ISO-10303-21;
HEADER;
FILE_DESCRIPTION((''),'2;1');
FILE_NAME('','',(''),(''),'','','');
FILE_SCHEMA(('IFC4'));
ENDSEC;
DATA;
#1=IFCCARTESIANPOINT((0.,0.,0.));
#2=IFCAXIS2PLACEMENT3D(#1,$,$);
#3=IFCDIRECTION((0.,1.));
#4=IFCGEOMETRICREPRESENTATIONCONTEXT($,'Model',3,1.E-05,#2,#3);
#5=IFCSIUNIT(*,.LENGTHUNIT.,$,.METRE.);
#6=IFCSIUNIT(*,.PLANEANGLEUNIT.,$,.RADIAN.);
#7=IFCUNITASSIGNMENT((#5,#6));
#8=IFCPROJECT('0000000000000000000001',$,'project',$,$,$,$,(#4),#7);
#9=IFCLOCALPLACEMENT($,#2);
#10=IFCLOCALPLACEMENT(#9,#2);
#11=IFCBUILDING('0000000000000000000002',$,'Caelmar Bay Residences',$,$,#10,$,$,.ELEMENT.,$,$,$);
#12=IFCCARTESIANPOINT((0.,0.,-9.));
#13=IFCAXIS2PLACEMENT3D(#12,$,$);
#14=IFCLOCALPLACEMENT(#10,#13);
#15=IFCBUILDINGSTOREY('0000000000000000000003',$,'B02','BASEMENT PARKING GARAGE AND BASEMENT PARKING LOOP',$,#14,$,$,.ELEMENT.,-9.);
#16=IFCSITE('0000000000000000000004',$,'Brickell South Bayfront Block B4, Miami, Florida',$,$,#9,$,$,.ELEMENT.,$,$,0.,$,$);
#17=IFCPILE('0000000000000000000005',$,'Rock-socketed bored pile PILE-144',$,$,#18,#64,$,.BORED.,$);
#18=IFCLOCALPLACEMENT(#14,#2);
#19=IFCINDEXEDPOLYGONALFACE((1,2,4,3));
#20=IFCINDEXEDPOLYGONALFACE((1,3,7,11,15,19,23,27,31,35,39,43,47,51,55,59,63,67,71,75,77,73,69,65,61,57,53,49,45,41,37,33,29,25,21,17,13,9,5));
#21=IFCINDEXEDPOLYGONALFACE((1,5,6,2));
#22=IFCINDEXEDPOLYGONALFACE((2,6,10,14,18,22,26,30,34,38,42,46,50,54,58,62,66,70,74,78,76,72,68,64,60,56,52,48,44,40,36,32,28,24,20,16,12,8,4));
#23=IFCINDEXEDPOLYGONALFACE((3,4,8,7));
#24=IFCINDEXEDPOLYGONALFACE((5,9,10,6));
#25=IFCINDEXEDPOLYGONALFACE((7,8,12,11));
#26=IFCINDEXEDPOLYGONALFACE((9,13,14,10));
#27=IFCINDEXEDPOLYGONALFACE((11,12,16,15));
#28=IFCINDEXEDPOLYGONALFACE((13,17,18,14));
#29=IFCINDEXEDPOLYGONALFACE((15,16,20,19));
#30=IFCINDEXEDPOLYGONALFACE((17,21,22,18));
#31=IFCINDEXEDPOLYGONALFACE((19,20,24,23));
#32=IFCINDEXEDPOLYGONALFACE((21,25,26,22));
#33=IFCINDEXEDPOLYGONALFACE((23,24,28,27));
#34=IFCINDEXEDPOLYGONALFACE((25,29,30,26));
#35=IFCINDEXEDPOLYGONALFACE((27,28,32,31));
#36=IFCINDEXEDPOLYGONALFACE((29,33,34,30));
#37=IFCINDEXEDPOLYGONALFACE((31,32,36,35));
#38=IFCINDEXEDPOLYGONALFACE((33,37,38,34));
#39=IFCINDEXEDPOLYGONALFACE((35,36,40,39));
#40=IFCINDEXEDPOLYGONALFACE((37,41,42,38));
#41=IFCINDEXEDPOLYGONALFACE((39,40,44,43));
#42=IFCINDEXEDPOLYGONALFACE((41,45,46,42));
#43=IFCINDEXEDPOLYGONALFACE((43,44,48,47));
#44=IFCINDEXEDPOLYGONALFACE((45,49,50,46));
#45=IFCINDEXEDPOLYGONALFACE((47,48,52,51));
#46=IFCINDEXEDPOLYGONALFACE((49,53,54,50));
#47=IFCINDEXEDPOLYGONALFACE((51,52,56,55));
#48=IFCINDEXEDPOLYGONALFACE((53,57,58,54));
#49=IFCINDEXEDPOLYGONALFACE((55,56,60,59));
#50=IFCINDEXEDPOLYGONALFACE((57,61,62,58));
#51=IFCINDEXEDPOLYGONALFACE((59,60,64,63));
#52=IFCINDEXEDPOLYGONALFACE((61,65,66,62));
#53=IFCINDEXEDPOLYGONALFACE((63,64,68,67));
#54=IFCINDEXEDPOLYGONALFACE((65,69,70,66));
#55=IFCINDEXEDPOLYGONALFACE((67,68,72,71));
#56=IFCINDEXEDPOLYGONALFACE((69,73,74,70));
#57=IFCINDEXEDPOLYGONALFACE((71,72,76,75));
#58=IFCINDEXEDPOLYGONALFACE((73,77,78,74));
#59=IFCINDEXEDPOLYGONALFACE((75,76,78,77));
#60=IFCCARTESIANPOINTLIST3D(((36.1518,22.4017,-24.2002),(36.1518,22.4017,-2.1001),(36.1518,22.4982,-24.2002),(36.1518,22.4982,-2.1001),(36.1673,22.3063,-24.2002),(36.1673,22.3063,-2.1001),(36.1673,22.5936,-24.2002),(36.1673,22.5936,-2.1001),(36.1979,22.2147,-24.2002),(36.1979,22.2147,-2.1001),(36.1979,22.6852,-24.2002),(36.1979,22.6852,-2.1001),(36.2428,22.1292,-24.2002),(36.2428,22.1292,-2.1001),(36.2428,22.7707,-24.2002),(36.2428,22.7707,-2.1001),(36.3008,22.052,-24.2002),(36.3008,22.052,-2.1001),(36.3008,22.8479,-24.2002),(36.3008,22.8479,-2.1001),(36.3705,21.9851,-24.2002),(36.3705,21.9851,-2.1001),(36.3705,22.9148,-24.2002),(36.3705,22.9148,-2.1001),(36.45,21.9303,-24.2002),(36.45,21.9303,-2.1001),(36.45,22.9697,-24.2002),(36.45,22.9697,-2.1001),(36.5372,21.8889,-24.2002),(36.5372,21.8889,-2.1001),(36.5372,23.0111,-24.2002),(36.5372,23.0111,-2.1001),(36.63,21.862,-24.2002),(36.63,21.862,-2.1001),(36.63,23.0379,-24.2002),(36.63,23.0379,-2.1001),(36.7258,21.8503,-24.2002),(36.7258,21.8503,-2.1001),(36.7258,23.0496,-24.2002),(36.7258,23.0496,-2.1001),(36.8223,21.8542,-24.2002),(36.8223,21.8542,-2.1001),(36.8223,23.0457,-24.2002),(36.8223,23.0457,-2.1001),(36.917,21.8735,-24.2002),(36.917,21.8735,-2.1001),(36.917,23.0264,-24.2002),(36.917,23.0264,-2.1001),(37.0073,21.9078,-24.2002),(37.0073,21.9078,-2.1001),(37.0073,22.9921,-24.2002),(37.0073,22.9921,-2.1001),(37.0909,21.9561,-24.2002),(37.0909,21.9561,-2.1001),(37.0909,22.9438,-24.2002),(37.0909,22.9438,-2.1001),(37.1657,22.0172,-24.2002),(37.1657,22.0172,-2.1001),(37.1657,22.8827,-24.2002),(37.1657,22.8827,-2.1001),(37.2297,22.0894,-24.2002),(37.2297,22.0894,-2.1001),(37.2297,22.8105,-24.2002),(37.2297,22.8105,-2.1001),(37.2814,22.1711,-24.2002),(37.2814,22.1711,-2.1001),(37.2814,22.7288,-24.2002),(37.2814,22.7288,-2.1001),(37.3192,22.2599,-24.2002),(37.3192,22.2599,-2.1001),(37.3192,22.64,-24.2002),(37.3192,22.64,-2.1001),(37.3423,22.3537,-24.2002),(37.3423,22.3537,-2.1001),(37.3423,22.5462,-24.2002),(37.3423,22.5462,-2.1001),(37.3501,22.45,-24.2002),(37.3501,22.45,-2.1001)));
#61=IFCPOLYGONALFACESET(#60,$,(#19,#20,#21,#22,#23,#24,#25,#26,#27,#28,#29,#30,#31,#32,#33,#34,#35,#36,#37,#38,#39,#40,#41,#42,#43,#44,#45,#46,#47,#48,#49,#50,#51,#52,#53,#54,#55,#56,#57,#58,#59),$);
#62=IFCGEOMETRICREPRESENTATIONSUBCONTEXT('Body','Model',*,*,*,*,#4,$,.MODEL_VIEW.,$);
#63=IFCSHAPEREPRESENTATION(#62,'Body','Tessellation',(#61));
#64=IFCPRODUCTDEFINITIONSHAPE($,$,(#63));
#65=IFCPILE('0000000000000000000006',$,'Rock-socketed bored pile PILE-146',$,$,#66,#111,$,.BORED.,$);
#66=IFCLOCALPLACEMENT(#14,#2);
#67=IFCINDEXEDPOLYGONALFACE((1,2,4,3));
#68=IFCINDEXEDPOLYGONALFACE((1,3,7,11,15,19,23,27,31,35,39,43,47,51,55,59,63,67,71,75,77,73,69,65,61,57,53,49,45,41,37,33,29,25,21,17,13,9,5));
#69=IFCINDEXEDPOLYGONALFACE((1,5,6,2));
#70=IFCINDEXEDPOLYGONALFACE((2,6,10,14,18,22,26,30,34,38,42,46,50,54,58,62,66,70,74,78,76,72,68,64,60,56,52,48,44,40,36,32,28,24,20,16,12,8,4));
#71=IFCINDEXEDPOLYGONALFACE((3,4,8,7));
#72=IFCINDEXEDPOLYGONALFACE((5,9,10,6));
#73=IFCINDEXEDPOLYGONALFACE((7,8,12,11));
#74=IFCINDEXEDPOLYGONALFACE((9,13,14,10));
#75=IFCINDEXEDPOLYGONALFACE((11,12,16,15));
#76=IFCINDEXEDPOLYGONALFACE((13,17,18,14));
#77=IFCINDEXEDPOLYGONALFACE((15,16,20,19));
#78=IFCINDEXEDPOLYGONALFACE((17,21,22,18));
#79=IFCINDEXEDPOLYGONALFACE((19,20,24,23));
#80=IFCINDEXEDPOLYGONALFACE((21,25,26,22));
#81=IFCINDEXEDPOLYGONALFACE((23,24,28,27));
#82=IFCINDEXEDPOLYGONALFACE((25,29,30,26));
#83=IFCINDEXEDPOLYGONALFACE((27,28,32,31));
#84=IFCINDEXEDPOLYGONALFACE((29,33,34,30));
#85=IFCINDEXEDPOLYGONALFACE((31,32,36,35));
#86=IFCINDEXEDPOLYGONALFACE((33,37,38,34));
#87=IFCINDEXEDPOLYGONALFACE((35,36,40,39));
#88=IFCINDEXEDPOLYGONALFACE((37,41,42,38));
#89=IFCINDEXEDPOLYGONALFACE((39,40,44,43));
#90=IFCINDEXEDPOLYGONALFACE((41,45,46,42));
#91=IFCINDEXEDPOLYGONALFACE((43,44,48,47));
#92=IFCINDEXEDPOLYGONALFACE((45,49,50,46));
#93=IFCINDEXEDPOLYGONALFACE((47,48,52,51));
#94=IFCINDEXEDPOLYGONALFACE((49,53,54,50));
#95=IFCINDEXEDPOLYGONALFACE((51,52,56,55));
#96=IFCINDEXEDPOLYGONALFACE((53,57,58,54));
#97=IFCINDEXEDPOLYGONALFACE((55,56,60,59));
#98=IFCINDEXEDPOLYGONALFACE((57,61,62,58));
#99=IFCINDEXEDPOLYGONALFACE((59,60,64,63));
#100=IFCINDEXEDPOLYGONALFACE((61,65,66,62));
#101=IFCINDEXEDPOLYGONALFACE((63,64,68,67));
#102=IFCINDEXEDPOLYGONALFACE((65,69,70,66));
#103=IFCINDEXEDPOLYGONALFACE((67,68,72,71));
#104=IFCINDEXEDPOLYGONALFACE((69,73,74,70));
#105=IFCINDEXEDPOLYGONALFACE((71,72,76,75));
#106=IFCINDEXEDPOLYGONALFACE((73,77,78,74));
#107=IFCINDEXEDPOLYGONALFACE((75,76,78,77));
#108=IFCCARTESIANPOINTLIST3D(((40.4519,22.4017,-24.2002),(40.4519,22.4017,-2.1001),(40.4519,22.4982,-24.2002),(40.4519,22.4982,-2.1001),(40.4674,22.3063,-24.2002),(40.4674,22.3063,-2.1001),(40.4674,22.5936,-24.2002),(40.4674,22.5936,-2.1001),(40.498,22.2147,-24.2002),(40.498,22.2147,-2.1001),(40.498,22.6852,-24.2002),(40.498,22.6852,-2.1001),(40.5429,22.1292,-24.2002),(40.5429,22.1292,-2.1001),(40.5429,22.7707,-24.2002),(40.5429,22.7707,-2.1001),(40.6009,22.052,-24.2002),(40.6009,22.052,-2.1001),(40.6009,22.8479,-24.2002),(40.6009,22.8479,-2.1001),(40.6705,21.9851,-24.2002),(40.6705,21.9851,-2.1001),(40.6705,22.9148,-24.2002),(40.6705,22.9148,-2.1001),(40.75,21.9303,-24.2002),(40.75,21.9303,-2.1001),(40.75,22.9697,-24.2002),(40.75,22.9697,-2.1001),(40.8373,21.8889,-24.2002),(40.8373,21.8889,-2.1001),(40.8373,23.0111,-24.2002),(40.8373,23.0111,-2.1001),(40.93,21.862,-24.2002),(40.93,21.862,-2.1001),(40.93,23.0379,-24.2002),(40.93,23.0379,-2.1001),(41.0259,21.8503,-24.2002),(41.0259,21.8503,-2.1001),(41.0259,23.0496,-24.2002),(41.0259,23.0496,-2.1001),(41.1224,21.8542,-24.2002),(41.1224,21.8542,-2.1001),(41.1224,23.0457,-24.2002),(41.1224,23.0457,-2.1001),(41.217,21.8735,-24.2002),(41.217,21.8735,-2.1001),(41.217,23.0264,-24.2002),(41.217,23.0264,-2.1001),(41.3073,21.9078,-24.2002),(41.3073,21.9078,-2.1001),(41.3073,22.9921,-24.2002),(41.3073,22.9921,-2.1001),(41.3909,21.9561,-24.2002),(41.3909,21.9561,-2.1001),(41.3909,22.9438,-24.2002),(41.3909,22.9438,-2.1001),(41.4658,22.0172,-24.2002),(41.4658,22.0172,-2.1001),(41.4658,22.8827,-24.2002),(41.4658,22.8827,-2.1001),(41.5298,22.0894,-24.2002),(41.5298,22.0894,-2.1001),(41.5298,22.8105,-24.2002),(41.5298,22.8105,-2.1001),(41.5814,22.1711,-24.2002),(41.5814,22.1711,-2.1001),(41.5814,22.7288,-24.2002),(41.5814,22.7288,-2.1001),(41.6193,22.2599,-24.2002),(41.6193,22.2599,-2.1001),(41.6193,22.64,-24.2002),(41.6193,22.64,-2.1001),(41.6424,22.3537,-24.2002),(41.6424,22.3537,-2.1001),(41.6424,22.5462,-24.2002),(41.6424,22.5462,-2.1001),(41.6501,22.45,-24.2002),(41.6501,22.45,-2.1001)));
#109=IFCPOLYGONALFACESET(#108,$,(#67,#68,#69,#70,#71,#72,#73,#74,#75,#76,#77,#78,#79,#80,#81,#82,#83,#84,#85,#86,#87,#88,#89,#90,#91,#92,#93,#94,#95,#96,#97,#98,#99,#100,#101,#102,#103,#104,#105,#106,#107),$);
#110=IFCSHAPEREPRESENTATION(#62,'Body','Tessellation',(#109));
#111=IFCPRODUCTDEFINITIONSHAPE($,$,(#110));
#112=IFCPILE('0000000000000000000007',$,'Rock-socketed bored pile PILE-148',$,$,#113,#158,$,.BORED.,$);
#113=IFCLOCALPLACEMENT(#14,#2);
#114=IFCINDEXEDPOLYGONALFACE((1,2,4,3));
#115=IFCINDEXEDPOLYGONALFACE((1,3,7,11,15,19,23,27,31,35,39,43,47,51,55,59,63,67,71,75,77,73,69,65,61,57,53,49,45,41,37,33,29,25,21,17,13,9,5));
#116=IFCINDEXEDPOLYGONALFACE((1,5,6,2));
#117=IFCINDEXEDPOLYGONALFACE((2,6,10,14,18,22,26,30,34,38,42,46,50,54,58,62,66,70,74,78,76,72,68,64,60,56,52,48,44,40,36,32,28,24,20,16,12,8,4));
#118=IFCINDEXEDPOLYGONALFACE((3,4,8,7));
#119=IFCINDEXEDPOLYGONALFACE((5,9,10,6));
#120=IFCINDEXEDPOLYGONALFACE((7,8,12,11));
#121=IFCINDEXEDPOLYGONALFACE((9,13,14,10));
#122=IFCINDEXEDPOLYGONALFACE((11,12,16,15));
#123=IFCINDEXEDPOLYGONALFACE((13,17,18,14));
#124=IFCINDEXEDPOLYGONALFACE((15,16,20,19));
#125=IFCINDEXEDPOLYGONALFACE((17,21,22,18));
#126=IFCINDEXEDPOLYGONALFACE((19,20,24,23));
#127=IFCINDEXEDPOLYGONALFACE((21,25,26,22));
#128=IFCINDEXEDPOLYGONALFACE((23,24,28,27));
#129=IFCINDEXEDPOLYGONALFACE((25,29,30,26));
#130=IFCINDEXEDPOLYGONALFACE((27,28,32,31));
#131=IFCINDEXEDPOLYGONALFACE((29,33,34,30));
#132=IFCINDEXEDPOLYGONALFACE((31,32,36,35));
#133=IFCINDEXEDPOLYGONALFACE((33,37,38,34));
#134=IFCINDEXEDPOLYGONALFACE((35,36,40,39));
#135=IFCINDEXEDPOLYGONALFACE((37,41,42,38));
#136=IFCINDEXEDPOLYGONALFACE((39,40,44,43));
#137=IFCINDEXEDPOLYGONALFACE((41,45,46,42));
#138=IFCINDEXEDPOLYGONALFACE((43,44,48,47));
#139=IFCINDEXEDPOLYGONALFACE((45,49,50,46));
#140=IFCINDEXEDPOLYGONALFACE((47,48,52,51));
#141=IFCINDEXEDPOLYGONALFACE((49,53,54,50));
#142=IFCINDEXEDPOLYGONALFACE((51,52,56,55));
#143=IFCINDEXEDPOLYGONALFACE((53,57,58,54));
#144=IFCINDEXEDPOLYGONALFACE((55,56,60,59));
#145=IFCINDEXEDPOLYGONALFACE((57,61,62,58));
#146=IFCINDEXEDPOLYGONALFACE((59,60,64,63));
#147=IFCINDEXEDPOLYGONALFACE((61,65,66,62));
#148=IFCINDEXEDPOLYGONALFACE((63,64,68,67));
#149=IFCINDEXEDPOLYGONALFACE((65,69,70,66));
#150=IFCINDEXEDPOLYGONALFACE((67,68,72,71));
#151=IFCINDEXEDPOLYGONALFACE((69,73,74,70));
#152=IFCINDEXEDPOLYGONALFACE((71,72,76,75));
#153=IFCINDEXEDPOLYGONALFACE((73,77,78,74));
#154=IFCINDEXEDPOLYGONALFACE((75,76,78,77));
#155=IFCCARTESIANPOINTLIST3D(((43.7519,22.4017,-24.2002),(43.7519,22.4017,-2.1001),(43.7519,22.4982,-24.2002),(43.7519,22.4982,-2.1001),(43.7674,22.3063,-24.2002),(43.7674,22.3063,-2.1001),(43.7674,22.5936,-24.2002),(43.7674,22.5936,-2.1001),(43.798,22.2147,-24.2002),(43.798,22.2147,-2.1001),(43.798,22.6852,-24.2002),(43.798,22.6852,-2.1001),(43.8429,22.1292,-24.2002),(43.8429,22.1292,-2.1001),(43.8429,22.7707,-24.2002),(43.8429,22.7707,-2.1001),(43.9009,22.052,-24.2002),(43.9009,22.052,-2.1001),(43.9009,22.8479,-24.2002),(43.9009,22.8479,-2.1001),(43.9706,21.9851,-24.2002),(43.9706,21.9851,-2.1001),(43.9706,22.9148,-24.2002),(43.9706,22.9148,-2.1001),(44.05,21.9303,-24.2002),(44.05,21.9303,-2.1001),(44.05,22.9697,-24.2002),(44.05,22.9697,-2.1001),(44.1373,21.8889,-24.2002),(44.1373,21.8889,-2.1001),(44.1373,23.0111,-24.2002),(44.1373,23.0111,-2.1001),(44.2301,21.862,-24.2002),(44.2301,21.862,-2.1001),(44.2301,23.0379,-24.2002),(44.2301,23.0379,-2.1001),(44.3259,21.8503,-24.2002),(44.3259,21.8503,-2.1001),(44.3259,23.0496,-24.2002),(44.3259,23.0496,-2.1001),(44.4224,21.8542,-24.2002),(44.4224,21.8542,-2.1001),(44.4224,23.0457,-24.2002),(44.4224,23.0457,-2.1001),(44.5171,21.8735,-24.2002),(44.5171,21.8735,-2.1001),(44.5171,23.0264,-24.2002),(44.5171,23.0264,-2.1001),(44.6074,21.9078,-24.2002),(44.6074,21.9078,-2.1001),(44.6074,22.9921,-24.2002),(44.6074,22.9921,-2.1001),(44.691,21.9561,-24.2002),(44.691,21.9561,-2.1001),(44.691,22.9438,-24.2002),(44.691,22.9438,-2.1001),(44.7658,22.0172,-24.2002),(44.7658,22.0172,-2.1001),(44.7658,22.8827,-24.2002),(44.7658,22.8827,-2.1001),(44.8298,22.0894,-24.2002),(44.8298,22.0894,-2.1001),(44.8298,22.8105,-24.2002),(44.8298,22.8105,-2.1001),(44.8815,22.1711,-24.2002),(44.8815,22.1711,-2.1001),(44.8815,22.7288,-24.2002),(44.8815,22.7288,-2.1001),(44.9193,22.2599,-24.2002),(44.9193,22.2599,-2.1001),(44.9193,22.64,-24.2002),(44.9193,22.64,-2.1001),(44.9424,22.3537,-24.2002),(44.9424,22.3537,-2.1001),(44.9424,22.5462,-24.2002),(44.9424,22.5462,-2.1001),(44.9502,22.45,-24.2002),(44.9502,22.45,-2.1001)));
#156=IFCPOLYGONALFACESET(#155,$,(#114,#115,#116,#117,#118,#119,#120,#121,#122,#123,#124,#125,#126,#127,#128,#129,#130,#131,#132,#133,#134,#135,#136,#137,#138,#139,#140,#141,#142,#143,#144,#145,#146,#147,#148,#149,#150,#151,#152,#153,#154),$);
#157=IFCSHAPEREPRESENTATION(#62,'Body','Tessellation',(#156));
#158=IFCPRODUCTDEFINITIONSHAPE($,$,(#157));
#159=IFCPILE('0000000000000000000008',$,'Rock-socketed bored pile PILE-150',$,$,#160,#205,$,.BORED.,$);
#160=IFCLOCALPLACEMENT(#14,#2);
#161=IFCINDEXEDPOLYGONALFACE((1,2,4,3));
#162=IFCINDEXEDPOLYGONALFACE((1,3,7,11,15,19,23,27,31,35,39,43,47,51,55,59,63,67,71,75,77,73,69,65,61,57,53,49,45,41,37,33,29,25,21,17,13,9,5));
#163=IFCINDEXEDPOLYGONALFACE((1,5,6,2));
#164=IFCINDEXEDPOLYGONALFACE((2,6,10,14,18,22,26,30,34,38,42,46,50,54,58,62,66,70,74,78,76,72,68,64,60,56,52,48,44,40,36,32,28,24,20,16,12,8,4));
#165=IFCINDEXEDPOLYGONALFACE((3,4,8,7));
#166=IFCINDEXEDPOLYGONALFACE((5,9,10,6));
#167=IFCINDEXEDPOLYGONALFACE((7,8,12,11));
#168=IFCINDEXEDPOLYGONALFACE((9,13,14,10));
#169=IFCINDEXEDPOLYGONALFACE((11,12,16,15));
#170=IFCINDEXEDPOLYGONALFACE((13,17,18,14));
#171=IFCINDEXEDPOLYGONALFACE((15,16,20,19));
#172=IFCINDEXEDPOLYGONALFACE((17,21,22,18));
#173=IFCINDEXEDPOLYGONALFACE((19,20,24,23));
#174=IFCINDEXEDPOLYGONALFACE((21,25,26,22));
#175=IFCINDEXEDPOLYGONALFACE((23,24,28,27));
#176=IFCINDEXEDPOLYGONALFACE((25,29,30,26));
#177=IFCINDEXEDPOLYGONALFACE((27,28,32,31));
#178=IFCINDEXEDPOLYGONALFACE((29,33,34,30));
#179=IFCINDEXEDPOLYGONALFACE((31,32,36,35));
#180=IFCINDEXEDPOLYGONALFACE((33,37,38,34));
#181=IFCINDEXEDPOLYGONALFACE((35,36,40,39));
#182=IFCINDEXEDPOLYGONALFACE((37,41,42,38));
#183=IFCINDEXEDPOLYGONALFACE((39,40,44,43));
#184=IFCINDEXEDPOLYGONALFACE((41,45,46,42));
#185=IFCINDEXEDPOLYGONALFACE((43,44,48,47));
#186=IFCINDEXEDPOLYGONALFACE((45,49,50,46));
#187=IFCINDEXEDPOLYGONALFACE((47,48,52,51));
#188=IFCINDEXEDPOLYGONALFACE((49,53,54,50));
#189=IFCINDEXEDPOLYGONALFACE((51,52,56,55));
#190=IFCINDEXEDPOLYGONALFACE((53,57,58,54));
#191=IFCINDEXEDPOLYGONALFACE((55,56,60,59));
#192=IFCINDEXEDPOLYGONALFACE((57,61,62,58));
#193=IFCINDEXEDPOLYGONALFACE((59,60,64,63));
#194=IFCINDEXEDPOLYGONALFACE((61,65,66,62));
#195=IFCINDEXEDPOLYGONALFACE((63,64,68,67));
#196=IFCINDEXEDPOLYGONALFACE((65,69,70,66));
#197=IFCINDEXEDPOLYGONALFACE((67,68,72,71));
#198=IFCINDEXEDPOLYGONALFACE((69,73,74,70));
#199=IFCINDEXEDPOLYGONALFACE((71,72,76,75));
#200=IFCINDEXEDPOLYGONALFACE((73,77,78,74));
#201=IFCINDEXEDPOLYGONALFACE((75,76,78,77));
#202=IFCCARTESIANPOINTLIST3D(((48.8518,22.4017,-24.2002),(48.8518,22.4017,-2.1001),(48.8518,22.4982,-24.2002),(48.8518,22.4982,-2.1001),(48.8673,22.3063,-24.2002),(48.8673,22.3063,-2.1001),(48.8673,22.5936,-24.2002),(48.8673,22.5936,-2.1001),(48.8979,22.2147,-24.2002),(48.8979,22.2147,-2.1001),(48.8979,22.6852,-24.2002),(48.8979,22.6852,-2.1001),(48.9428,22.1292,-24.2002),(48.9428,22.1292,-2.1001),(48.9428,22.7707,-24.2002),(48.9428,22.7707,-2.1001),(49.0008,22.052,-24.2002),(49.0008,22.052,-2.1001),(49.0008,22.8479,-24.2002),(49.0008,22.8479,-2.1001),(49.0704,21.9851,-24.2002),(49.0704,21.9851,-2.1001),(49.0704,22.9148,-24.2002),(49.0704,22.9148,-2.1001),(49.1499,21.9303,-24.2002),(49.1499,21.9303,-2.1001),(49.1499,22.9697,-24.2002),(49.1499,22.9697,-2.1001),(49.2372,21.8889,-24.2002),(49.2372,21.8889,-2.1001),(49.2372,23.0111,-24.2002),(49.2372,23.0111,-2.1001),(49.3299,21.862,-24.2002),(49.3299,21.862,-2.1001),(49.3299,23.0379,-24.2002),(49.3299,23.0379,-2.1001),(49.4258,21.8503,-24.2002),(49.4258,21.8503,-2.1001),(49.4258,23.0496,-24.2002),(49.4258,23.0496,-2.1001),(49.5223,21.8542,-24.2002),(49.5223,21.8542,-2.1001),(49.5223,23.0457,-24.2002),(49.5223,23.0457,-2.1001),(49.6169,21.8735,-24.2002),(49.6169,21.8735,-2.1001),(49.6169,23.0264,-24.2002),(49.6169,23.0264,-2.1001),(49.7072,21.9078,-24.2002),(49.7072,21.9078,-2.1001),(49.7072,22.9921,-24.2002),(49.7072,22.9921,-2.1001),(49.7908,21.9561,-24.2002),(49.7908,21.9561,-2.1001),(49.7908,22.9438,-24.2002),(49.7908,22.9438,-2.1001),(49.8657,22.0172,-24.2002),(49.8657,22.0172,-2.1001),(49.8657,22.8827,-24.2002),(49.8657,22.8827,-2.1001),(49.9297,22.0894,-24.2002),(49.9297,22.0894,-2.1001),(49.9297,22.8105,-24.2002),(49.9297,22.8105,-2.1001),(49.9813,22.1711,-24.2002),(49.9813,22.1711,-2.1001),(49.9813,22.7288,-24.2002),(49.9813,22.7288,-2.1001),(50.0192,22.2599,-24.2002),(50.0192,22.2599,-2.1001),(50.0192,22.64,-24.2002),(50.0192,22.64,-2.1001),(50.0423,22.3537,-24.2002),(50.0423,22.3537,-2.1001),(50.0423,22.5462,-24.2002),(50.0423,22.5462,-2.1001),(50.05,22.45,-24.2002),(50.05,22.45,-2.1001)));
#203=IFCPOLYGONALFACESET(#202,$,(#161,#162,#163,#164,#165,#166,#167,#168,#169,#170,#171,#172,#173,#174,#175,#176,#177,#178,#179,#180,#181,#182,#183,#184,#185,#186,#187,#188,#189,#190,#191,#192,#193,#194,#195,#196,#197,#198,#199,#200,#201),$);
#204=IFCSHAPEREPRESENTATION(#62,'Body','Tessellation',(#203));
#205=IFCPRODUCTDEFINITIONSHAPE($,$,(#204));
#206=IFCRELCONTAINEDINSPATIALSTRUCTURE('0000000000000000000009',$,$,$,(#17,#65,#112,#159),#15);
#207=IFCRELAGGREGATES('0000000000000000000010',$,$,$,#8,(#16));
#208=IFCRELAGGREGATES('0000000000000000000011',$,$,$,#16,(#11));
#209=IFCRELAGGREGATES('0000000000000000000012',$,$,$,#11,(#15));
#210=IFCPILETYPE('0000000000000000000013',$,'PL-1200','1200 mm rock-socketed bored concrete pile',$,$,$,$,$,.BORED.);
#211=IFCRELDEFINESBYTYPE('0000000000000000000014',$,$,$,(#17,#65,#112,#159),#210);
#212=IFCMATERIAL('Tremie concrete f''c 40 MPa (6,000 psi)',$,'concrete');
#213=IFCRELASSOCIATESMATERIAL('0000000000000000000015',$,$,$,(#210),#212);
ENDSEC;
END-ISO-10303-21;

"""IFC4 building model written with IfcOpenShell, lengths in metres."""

from ifc_helpers import new_model, si_unit, direction, frame, origin, origin_2d, place, context, subcontext, project, spatial, circle, extrude, material, material_profile, profile_set, type_object, element, save


model = new_model("IFC4")

# Units and contexts
model_context = context("Model", 3, precision=1e-05, world=origin(), true_north=direction((0.0, 1.0)))
body_context = subcontext(model_context, "Body", "Model", "MODEL_VIEW")
ifc_project = project(units=[si_unit("LENGTHUNIT", "METRE"), si_unit("PLANEANGLEUNIT", "RADIAN")], contexts=[model_context])

# Site, building, storey
site_placement = place(None, origin())
site = spatial("IfcSite", under=ifc_project, at=site_placement, Name="Brickell South Bayfront Block B4, Miami, Florida", CompositionType="ELEMENT", RefElevation=0.0)
building_placement = place(site_placement, origin())
building = spatial("IfcBuilding", under=site, at=building_placement, Name="Caelmar Bay Residences", CompositionType="ELEMENT")
storey_placement = place(building_placement, frame((0.0, 0.0, -9.0)))
storey = spatial("IfcBuildingStorey", under=building, at=storey_placement, Name="B02", Description="BASEMENT PARKING GARAGE AND BASEMENT PARKING LOOP", CompositionType="ELEMENT", Elevation=-9.0)

# Piles
ifc_material_1 = material(Name="Tremie concrete f'c 40 MPa (6,000 psi)", Category="concrete")
ifc_material_profile_1 = material_profile(ifc_material_1, circle(Radius=0.6001, at=origin_2d()), Name="PILE-1200D")
ifc_profile_set_1 = profile_set([ifc_material_profile_1], Name="Tremie concrete f'c 40 MPa (6,000 psi)")
pile_type = type_object("IfcPileType", Name="PL-1200", Description="1200 mm rock-socketed bored concrete pile", PredefinedType="BORED", material=ifc_profile_set_1)
for number, where, z_axis, x_axis, name in (
    (1, (36.75, 22.45, -2.1001), (0.0, 0.0, -1.0), (1.0, 0.0, 0.0), "Rock-socketed bored pile PILE-144"),
    (2, (41.05, 22.45, -2.1001), (0.0, 0.0, -1.0), (1.0, 0.0, 0.0), "Rock-socketed bored pile PILE-146"),
    (3, (44.3501, 22.45, -2.1001), (0.0, 0.0, -1.0), (1.0, 0.0, 0.0), "Rock-socketed bored pile PILE-148"),
    (4, (49.45, 22.45, -2.1001), (0.0, 0.0, -1.0), (1.0, 0.0, 0.0), "Rock-socketed bored pile PILE-150"),
):
    element("IfcPile", number, at=place(storey_placement, frame(where, z_axis=z_axis, x_axis=x_axis)), inside=storey, type_object=pile_type, Name=name, PredefinedType="BORED", context=body_context, shape_type="SweptSolid", body=[
        extrude(circle(Radius=0.6001, at=origin_2d()), origin(), (0.0, 0.0, 1.0), 22.1001),
    ])

save(model, "model.ifc")
